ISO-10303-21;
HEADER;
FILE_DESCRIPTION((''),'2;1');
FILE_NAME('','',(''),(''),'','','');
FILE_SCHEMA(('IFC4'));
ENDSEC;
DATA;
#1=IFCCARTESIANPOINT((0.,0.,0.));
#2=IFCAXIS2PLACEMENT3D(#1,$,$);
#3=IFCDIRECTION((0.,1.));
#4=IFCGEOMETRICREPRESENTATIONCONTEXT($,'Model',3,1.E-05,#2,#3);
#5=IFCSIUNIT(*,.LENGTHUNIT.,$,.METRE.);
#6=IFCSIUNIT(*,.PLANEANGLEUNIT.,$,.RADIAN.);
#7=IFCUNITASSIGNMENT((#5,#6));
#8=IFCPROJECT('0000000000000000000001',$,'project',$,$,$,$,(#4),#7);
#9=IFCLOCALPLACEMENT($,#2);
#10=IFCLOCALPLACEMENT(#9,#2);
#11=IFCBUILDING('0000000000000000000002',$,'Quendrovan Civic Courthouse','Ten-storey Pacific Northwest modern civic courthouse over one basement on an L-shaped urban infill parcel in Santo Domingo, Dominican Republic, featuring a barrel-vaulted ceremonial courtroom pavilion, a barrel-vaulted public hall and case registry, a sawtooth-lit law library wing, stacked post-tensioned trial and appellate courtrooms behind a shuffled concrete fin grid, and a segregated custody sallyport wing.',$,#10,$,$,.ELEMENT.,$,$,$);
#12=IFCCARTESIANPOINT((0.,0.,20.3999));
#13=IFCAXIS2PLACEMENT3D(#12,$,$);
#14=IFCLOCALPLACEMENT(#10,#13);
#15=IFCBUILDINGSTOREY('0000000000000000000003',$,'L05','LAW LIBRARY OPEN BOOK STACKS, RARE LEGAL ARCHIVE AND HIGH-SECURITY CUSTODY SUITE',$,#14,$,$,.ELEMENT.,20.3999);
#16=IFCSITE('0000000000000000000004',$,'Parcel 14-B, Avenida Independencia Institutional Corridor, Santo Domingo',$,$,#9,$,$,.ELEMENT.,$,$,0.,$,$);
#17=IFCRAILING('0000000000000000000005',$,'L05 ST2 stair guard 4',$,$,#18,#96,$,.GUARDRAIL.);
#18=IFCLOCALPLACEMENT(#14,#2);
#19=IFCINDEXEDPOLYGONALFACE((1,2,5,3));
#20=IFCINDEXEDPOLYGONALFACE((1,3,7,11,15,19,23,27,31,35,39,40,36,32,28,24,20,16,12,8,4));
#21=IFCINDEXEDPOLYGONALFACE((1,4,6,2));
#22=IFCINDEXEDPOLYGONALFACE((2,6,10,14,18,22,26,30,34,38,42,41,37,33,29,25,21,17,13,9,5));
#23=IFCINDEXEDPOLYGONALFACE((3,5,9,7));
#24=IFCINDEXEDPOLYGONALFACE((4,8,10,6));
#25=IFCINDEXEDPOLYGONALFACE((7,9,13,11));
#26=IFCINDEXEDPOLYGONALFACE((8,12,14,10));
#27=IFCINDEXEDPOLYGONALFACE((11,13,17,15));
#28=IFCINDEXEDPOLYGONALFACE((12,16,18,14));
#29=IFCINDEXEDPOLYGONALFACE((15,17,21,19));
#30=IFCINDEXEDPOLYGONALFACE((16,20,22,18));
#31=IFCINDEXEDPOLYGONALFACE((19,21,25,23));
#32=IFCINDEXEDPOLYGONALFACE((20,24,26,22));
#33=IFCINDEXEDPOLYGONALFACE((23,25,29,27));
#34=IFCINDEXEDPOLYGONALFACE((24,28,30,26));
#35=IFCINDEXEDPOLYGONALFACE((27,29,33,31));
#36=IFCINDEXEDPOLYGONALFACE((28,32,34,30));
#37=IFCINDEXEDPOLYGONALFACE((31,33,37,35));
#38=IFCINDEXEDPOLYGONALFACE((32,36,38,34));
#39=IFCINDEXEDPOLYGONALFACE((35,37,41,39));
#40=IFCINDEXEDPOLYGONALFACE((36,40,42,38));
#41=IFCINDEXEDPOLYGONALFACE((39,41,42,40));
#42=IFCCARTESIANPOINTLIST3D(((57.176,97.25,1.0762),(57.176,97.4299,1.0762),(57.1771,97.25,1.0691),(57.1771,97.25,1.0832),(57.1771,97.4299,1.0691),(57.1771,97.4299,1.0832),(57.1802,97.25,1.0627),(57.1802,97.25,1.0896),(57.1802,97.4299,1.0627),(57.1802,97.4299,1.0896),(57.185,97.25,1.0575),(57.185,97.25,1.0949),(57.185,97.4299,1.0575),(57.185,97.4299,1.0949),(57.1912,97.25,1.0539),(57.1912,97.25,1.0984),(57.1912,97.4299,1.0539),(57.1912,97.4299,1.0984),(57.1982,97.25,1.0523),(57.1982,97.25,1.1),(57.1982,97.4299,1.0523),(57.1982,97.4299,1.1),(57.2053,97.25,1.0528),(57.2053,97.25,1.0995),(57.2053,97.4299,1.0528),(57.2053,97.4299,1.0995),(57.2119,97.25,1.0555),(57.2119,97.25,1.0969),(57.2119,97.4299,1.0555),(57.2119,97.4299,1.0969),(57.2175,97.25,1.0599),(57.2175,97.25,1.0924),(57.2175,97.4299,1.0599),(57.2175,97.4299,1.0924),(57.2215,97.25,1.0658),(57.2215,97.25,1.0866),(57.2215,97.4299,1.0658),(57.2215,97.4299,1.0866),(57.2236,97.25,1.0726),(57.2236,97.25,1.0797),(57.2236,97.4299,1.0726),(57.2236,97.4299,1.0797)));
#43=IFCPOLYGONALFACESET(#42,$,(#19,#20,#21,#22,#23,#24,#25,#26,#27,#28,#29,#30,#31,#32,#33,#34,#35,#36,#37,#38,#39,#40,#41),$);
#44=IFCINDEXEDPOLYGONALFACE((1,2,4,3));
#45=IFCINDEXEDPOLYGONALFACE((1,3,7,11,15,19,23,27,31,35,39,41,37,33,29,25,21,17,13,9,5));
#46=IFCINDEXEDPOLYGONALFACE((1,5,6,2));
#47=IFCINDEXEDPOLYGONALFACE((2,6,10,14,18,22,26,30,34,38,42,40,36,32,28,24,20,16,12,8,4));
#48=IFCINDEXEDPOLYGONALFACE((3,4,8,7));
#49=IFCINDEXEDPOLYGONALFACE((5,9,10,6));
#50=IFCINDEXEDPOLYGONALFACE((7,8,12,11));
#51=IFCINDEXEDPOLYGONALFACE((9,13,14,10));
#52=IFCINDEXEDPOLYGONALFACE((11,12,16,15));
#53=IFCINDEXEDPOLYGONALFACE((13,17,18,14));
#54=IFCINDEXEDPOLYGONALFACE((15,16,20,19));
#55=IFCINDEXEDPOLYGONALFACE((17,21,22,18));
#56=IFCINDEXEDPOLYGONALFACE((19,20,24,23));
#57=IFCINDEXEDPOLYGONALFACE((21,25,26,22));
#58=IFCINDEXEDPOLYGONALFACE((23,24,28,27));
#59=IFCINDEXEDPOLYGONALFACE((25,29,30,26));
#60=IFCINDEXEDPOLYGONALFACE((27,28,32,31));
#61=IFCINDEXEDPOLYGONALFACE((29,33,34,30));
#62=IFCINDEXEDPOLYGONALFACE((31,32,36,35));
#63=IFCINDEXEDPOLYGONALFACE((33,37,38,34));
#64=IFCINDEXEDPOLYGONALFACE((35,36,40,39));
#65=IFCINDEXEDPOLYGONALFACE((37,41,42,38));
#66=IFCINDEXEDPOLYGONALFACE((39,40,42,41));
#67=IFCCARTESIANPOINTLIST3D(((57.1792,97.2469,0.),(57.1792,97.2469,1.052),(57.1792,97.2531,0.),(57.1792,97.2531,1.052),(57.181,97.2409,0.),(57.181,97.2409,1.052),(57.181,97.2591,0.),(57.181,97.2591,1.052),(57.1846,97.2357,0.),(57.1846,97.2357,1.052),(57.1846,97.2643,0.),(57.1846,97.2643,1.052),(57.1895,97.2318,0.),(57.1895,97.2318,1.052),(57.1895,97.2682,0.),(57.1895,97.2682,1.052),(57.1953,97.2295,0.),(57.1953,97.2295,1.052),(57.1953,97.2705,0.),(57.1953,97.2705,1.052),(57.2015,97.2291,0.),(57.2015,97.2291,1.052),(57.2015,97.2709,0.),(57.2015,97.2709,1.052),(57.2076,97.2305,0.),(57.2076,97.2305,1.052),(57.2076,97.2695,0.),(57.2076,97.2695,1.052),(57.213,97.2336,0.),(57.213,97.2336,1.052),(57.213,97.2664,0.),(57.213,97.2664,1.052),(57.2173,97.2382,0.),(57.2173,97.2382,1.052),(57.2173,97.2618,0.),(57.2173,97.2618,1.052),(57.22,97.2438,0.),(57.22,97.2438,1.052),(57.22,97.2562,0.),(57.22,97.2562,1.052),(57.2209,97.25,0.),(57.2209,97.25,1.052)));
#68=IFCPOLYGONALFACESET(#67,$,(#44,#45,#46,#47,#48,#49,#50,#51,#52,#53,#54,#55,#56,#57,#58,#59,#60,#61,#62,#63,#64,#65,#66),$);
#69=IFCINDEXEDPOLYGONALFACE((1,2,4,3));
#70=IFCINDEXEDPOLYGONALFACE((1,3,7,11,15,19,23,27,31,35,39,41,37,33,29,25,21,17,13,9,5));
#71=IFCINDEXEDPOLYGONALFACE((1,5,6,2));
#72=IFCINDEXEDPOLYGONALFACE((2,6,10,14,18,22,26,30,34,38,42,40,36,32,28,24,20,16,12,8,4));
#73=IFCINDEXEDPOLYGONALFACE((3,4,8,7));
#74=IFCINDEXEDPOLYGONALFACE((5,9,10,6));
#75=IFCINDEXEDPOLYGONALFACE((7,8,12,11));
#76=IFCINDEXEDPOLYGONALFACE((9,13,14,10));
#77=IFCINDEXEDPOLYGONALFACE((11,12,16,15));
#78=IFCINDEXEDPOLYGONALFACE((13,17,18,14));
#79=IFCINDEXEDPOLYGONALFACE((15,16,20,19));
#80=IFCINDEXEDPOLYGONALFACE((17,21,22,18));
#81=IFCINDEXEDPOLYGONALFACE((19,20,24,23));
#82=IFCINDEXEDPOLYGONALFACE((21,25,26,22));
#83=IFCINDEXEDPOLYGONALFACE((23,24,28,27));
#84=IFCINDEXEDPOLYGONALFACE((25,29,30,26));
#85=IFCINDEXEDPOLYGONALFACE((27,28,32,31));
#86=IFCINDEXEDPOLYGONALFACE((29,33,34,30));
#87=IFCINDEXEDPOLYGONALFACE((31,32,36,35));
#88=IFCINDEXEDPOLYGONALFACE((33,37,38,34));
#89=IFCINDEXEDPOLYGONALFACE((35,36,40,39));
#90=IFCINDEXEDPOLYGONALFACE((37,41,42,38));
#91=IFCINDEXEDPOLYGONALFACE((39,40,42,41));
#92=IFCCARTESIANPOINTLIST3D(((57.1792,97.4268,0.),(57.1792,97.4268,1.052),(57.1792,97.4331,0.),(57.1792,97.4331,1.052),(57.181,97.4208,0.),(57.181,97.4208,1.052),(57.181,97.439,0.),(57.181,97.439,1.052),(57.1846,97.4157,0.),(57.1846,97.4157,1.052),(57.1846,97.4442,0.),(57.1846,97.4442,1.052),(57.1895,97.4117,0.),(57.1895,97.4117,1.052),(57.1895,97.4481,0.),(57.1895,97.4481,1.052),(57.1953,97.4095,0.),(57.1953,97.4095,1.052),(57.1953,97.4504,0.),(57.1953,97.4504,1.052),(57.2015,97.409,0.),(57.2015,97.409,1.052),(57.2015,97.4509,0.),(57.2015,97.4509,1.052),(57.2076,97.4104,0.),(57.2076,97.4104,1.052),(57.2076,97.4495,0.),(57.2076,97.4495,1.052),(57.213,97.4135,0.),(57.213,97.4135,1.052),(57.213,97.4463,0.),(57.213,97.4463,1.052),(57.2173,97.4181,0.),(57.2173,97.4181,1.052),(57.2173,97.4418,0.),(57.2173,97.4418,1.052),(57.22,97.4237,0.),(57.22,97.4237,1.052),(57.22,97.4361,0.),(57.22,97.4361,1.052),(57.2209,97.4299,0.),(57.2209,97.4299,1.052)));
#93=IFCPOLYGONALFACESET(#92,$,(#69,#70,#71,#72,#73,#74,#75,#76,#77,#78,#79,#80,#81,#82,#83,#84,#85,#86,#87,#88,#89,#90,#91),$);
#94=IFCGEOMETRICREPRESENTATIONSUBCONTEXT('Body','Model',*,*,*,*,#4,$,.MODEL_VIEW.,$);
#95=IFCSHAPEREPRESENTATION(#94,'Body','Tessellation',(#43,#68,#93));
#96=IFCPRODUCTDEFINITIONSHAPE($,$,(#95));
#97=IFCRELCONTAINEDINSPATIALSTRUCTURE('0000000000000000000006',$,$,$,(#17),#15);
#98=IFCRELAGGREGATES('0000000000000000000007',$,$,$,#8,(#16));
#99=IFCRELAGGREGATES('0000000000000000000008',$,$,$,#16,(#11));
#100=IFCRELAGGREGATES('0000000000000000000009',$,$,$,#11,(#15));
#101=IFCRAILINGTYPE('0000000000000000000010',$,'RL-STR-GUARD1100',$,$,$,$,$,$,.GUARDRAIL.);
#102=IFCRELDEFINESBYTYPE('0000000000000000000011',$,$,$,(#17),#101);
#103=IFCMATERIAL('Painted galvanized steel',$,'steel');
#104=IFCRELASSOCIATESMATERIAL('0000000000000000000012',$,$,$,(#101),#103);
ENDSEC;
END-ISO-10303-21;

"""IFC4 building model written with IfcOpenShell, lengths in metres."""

from ifc_helpers import new_model, si_unit, direction, frame, origin, origin_2d, place, context, subcontext, project, spatial, circle, extrude, material, type_object, element, save


model = new_model("IFC4")

# Units and contexts
model_context = context("Model", 3, precision=1e-05, world=origin(), true_north=direction((0.0, 1.0)))
body_context = subcontext(model_context, "Body", "Model", "MODEL_VIEW")
ifc_project = project(units=[si_unit("LENGTHUNIT", "METRE"), si_unit("PLANEANGLEUNIT", "RADIAN")], contexts=[model_context])

# Site, building, storey
site_placement = place(None, origin())
site = spatial("IfcSite", under=ifc_project, at=site_placement, Name="Parcel 14-B, Avenida Independencia Institutional Corridor, Santo Domingo", CompositionType="ELEMENT", RefElevation=0.0)
building_placement = place(site_placement, origin())
building = spatial("IfcBuilding", under=site, at=building_placement, Name="Quendrovan Civic Courthouse", Description="Ten-storey Pacific Northwest modern civic courthouse over one basement on an L-shaped urban infill parcel in Santo Domingo, Dominican Republic, featuring a barrel-vaulted ceremonial courtroom pavilion, a barrel-vaulted public hall and case registry, a sawtooth-lit law library wing, stacked post-tensioned trial and appellate courtrooms behind a shuffled concrete fin grid, and a segregated custody sallyport wing.", CompositionType="ELEMENT")
storey_placement = place(building_placement, frame((0.0, 0.0, 20.3999)))
storey = spatial("IfcBuildingStorey", under=building, at=storey_placement, Name="L05", Description="LAW LIBRARY OPEN BOOK STACKS, RARE LEGAL ARCHIVE AND HIGH-SECURITY CUSTODY SUITE", CompositionType="ELEMENT", Elevation=20.3999)

# Railing
ifc_material_1 = material(Name="Painted galvanized steel", Category="steel")
railing_type_1 = type_object("IfcRailingType", Name="RL-STR-GUARD1100", PredefinedType="GUARDRAIL", material=ifc_material_1)
railing_1_placement = place(storey_placement, frame((57.2, 97.25, 0.0)))
element("IfcRailing", 1, at=railing_1_placement, inside=storey, type_object=railing_type_1, Name="L05 ST2 stair guard 4", PredefinedType="GUARDRAIL", context=body_context, shape_type="SweptSolid", body=[
    extrude(circle(Radius=0.0239, at=origin_2d()), frame((0.0, 0.0, 1.0762), z_axis=(0.0, 1.0, 0.0), x_axis=(-1.0, 0.0, 0.0)), (0.0, 0.0, 1.0), 0.1799),
    extrude(circle(Radius=0.021, at=origin_2d()), origin(), (0.0, 0.0, 1.0), 1.052),
    extrude(circle(Radius=0.021, at=origin_2d()), frame((0.0, 0.1799, 0.0)), (0.0, 0.0, 1.0), 1.052),
])

save(model, "model.ifc")
